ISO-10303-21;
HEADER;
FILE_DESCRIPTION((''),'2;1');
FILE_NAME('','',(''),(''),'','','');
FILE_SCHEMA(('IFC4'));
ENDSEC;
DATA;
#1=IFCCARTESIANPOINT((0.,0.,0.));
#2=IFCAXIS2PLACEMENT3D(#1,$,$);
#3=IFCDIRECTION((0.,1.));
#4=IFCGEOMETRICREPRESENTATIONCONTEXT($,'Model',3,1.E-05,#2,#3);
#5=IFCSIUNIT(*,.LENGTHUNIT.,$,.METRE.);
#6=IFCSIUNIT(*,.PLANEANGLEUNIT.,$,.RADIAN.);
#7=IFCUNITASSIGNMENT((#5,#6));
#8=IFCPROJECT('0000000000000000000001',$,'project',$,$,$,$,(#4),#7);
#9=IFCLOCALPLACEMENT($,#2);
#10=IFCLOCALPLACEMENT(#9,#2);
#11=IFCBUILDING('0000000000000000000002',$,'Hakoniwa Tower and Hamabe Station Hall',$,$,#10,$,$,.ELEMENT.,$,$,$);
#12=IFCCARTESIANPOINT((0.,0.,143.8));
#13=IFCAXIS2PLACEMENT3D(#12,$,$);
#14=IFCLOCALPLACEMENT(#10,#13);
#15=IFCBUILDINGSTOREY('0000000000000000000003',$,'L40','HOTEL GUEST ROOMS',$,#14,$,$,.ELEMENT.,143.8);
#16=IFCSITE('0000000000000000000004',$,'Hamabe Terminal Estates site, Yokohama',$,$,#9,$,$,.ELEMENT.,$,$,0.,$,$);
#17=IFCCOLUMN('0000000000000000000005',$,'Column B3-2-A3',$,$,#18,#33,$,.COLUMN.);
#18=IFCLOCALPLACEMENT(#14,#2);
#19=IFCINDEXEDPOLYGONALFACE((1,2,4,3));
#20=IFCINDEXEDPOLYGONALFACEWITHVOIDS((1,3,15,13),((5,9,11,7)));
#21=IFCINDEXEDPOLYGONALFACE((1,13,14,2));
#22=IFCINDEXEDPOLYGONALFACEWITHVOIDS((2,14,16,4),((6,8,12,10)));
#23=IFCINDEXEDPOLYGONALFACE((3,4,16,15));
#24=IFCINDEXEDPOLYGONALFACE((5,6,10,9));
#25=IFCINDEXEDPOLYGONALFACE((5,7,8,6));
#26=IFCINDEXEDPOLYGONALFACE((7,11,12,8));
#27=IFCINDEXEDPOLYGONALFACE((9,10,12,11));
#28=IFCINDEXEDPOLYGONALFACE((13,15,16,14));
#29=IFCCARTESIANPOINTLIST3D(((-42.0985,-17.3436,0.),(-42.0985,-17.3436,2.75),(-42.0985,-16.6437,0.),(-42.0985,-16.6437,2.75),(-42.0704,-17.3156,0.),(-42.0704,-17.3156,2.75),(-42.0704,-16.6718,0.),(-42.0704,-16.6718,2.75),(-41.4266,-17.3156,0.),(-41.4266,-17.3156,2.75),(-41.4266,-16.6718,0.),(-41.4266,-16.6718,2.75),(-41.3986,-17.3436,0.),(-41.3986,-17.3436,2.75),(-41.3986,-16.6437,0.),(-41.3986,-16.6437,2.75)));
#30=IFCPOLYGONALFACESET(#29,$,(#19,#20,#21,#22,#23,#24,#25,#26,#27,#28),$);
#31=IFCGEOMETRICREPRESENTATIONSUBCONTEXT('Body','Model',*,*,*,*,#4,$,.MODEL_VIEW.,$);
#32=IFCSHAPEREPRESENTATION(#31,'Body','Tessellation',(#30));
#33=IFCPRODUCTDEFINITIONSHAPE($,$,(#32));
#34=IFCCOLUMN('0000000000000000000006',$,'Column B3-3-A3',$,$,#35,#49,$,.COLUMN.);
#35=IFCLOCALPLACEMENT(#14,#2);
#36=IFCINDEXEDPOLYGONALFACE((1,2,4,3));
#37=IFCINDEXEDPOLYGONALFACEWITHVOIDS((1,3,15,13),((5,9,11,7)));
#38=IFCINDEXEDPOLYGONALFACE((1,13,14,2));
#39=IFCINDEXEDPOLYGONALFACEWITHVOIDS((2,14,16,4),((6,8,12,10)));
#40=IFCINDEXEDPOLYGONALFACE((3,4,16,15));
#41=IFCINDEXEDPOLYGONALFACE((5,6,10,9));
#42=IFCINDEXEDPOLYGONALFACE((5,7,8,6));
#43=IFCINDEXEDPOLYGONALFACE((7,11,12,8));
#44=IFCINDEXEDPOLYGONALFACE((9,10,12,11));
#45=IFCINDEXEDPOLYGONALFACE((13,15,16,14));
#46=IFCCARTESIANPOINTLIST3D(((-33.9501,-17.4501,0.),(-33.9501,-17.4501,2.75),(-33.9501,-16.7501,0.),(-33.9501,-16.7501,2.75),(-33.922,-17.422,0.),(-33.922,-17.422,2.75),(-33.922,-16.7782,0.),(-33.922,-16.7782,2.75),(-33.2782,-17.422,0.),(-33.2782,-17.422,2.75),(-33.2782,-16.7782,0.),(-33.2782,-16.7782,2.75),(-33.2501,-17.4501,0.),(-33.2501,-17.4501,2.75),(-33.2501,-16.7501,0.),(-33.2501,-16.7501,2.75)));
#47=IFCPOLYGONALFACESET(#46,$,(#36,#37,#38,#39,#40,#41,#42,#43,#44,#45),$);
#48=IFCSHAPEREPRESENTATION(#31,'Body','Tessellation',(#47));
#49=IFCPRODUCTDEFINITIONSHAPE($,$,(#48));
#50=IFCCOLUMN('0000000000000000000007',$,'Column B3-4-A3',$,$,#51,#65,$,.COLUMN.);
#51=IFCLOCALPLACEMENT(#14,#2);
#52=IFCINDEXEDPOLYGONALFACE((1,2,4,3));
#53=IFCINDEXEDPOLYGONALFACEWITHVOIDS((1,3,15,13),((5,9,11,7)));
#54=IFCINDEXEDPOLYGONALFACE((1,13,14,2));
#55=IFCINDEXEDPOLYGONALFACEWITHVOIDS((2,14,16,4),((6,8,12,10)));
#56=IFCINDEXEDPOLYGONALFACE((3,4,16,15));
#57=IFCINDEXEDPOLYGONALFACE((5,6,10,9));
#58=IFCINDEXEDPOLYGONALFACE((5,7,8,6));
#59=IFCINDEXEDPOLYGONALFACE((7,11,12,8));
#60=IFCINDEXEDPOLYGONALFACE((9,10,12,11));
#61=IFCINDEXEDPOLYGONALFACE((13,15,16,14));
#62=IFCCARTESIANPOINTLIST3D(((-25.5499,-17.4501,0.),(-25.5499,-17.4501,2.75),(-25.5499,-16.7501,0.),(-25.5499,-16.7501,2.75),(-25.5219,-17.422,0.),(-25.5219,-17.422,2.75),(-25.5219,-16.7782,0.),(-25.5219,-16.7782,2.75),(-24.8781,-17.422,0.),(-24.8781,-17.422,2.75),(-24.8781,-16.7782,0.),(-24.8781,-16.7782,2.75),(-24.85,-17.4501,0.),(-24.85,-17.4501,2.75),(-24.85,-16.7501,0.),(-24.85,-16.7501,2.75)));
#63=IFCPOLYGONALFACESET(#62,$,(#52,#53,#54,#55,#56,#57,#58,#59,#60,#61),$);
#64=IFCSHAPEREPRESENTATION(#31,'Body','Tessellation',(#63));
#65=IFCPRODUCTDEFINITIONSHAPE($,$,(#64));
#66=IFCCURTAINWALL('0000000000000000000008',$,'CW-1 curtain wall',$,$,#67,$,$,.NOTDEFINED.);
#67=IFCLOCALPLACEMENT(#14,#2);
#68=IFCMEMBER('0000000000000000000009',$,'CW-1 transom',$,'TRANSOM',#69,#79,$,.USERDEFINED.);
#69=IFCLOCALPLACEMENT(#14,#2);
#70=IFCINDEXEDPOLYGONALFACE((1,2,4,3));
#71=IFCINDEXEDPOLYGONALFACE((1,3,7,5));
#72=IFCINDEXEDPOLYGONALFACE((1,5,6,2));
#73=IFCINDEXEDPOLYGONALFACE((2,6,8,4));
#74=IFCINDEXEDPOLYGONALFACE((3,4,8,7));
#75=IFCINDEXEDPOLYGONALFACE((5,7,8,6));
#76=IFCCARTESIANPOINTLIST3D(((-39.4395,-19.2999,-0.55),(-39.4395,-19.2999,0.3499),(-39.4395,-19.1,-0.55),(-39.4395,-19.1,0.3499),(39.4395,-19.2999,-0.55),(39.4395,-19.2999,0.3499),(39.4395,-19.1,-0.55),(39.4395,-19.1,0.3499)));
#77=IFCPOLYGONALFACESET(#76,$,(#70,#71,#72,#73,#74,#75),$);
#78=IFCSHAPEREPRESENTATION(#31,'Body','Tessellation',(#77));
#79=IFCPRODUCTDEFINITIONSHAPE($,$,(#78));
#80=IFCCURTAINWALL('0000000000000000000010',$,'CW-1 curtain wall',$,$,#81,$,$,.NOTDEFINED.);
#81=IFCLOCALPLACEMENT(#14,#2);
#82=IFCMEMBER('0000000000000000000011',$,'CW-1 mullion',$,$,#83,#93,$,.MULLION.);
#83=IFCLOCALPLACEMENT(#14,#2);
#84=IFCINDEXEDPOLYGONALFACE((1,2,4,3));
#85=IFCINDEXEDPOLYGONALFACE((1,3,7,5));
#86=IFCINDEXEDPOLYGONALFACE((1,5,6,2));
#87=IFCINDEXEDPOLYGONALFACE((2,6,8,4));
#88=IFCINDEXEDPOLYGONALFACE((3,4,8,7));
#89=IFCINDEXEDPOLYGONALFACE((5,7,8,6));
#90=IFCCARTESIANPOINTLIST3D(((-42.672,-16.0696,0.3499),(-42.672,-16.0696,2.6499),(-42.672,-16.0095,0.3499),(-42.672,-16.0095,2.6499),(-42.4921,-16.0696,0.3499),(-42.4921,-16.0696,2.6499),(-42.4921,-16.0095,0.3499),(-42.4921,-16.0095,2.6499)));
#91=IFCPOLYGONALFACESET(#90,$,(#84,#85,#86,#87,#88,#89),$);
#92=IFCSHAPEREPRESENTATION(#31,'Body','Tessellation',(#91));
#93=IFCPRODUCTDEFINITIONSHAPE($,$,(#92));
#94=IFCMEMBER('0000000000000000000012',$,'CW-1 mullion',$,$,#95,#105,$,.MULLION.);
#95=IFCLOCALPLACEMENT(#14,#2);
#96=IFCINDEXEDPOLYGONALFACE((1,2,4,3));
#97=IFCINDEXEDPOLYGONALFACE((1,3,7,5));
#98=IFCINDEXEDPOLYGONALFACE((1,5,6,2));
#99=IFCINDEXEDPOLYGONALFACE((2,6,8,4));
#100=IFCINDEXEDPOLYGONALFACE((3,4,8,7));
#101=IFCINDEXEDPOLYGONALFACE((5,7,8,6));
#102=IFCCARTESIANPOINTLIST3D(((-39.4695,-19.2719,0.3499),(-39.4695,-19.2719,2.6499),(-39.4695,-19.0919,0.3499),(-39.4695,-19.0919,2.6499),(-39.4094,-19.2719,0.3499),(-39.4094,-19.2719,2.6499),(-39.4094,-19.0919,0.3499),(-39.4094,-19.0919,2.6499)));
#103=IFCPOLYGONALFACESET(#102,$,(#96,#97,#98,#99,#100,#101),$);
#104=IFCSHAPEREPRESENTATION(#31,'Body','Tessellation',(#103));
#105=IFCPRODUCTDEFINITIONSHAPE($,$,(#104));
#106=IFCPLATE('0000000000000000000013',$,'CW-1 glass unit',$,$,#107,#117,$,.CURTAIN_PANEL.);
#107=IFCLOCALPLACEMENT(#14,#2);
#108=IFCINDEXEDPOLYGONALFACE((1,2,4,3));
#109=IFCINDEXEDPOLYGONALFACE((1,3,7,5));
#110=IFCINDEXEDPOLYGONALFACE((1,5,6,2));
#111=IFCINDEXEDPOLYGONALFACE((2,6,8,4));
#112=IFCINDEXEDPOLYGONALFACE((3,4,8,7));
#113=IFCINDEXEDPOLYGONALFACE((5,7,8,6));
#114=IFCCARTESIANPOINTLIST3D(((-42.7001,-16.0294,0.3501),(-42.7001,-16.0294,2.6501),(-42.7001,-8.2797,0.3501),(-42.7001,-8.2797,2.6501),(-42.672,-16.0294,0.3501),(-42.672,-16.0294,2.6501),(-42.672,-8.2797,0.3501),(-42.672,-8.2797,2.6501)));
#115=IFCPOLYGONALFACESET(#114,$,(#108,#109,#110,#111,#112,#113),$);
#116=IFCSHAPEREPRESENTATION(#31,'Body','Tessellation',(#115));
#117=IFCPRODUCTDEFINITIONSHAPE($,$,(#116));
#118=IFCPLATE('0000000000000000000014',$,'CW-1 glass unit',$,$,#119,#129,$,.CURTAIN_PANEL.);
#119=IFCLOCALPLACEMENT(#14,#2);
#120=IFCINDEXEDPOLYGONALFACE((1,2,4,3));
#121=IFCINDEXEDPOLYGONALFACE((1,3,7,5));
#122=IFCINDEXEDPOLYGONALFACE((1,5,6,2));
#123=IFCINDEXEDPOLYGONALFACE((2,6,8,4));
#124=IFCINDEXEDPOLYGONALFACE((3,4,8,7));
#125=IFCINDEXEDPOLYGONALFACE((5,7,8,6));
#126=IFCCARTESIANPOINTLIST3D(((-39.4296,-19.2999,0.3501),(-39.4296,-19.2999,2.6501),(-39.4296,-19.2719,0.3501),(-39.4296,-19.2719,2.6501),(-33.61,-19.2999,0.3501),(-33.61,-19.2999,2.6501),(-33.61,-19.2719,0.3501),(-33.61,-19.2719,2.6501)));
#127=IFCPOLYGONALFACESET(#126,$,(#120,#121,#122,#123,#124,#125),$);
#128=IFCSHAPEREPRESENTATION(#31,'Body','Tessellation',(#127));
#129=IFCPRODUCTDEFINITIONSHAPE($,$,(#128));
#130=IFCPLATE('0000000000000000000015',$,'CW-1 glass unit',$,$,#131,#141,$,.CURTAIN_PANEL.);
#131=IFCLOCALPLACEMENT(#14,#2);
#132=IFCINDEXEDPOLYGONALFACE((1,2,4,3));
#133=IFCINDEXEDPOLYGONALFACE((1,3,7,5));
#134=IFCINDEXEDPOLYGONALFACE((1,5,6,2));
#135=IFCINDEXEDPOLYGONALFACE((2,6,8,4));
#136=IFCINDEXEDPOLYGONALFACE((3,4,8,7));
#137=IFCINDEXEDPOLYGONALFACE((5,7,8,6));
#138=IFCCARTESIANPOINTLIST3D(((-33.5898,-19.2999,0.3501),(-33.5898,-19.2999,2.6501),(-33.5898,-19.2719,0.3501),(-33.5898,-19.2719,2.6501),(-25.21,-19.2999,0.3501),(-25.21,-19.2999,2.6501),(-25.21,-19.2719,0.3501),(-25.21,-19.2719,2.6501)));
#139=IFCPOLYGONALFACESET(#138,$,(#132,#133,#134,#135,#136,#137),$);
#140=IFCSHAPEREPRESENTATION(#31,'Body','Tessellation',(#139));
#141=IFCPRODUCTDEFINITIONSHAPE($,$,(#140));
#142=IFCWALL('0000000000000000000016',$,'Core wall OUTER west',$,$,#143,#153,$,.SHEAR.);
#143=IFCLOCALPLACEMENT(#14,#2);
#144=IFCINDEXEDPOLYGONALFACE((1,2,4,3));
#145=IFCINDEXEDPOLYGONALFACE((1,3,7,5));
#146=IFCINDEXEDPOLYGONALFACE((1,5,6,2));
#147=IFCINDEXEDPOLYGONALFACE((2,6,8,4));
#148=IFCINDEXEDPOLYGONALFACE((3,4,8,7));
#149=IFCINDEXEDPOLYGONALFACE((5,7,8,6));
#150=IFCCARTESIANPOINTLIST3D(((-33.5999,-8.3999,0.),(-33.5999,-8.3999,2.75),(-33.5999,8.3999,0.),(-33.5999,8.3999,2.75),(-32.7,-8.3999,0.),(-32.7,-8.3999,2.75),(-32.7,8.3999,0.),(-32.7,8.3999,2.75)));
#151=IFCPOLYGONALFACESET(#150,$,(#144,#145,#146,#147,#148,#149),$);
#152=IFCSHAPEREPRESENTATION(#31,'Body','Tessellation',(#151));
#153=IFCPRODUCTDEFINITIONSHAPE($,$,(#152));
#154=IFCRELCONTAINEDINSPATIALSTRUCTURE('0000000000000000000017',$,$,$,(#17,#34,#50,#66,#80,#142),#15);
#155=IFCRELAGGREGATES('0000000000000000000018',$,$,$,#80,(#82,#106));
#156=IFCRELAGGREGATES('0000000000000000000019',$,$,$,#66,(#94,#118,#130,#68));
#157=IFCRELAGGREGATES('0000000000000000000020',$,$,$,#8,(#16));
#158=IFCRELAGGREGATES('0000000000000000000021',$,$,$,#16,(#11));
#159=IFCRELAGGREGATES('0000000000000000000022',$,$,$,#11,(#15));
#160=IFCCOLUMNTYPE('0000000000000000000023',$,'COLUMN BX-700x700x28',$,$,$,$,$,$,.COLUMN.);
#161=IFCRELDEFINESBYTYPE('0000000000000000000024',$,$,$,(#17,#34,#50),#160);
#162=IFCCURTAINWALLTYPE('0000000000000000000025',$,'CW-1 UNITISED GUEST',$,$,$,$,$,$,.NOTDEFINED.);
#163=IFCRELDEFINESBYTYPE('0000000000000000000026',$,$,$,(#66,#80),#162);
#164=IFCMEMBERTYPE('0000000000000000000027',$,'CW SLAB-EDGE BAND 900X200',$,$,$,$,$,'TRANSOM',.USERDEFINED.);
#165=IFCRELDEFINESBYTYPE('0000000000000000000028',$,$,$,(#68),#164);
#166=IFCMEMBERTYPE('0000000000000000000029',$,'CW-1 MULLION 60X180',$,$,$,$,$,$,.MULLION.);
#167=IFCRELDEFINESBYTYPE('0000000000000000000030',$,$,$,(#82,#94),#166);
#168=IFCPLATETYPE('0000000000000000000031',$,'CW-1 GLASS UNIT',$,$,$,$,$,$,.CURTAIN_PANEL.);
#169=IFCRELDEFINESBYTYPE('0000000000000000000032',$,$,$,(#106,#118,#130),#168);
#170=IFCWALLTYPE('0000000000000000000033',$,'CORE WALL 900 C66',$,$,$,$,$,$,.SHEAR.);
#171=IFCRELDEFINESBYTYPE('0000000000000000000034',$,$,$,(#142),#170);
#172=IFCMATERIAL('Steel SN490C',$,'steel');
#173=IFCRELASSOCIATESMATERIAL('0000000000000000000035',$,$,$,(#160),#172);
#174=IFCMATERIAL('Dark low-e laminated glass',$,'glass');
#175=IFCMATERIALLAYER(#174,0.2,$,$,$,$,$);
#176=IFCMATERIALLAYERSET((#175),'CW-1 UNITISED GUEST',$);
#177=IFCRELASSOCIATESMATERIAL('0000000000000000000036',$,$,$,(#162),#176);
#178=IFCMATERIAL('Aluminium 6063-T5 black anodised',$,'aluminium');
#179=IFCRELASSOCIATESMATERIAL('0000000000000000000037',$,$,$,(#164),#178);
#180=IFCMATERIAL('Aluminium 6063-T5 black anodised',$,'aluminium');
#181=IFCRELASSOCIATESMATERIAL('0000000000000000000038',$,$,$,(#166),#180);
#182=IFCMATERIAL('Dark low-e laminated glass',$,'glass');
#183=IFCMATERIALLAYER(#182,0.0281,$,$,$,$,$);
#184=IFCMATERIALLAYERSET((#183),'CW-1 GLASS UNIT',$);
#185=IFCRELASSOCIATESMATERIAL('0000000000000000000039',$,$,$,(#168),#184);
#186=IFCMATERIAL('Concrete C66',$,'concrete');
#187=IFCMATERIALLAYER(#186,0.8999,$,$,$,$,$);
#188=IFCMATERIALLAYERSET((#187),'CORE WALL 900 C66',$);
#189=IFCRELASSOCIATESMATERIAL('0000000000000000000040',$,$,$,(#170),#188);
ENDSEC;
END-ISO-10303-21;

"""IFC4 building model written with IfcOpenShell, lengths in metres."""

from ifc_helpers import new_model, si_unit, direction, frame, frame_2d, origin, origin_2d, place, context, subcontext, project, spatial, rectangle, hollow_rectangle, extrude, material, layer, layer_set, material_profile, profile_set, type_object, element, aggregate, save


model = new_model("IFC4")

# Units and contexts
model_context = context("Model", 3, precision=1e-05, world=origin(), true_north=direction((0.0, 1.0)))
body_context = subcontext(model_context, "Body", "Model", "MODEL_VIEW")
ifc_project = project(units=[si_unit("LENGTHUNIT", "METRE"), si_unit("PLANEANGLEUNIT", "RADIAN")], contexts=[model_context])

# Site, building, storey
site_placement = place(None, origin())
site = spatial("IfcSite", under=ifc_project, at=site_placement, Name="Hamabe Terminal Estates site, Yokohama", CompositionType="ELEMENT", RefElevation=0.0)
building_placement = place(site_placement, origin())
building = spatial("IfcBuilding", under=site, at=building_placement, Name="Hakoniwa Tower and Hamabe Station Hall", CompositionType="ELEMENT")
storey_placement = place(building_placement, frame((0.0, 0.0, 143.8)))
storey = spatial("IfcBuildingStorey", under=building, at=storey_placement, Name="L40", Description="HOTEL GUEST ROOMS", CompositionType="ELEMENT", Elevation=143.8)

# Columns
ifc_material_1 = material(Name="Steel SN490C", Category="steel")
ifc_material_profile_1 = material_profile(ifc_material_1, hollow_rectangle(XDim=0.7, YDim=0.7, WallThickness=0.0281, at=origin_2d()), Name="BX-700x700x28")
ifc_profile_set_1 = profile_set([ifc_material_profile_1], Name="Steel SN490C")
column_type = type_object("IfcColumnType", Name="COLUMN BX-700x700x28", PredefinedType="COLUMN", material=ifc_profile_set_1)
for number, where, z_axis, x_axis, name in (
    (1, (-41.7485, -16.9937, 0.0), (0.0, 0.0, 1.0), (1.0, 0.0, 0.0), "Column B3-2-A3"),
    (2, (-33.6001, -17.1001, 0.0), (0.0, 0.0, 1.0), (1.0, 0.0, 0.0), "Column B3-3-A3"),
    (3, (-25.2, -17.1001, 0.0), (0.0, 0.0, 1.0), (1.0, 0.0, 0.0), "Column B3-4-A3"),
):
    element("IfcColumn", number, at=place(storey_placement, frame(where, z_axis=z_axis, x_axis=x_axis)), inside=storey, type_object=column_type, Name=name, PredefinedType="COLUMN", context=body_context, shape_type="SweptSolid", body=[
        extrude(hollow_rectangle(XDim=0.7, YDim=0.7, WallThickness=0.0281, at=origin_2d()), origin(), (0.0, 0.0, 1.0), 2.75),
    ])

# Curtain walls, members
ifc_material_2 = material(Name="Dark low-e laminated glass", Category="glass")
ifc_layer_1 = layer(ifc_material_2, 0.2)
ifc_layer_set_1 = layer_set([ifc_layer_1], Name="CW-1 UNITISED GUEST")
curtain_wall_type = type_object("IfcCurtainWallType", Name="CW-1 UNITISED GUEST", PredefinedType="NOTDEFINED", material=ifc_layer_set_1)
curtain_wall_1_placement = place(storey_placement, origin())
curtain_wall_1 = element("IfcCurtainWall", 4, at=curtain_wall_1_placement, inside=storey, type_object=curtain_wall_type, Name="CW-1 curtain wall", PredefinedType="NOTDEFINED")
ifc_material_3 = material(Name="Aluminium 6063-T5 black anodised", Category="aluminium")
ifc_material_profile_2 = material_profile(ifc_material_3, rectangle(XDim=0.2, YDim=0.8999, at=origin_2d()), Name="CW SLAB-EDGE BAND 900X200")
ifc_profile_set_2 = profile_set([ifc_material_profile_2], Name="Aluminium 6063-T5 black anodised")
member_type_1 = type_object("IfcMemberType", Name="CW SLAB-EDGE BAND 900X200", ElementType="TRANSOM", PredefinedType="USERDEFINED", material=ifc_profile_set_2)
member_1_placement = place(storey_placement, frame((-39.4395, -19.2, -0.1001), z_axis=(1.0, 0.0, 0.0), x_axis=(0.0, 1.0, 0.0)))
member_1 = element("IfcMember", 5, at=member_1_placement, type_object=member_type_1, Name="CW-1 transom", ObjectType="TRANSOM", PredefinedType="USERDEFINED", context=body_context, shape_type="SweptSolid", body=[
    extrude(rectangle(XDim=0.2, YDim=0.8999, at=origin_2d()), origin(), (0.0, 0.0, 1.0), 78.8789),
])
curtain_wall_2_placement = place(storey_placement, origin())
curtain_wall_2 = element("IfcCurtainWall", 6, at=curtain_wall_2_placement, inside=storey, type_object=curtain_wall_type, Name="CW-1 curtain wall", PredefinedType="NOTDEFINED")
ifc_material_4 = material(Name="Aluminium 6063-T5 black anodised", Category="aluminium")
ifc_material_profile_3 = material_profile(ifc_material_4, rectangle(XDim=0.0601, YDim=0.1799, at=origin_2d()), Name="CW-1 MULLION 60X180")
ifc_profile_set_3 = profile_set([ifc_material_profile_3], Name="Aluminium 6063-T5 black anodised")
member_type_2 = type_object("IfcMemberType", Name="CW-1 MULLION 60X180", PredefinedType="MULLION", material=ifc_profile_set_3)
member_2_placement = place(storey_placement, frame((-42.582, -16.0396, 0.3499), z_axis=(0.0, 0.0, 1.0), x_axis=(0.0, -1.0, 0.0)))
member_2 = element("IfcMember", 7, at=member_2_placement, type_object=member_type_2, Name="CW-1 mullion", PredefinedType="MULLION", context=body_context, shape_type="SweptSolid", body=[
    extrude(rectangle(XDim=0.0601, YDim=0.1799, at=origin_2d()), origin(), (0.0, 0.0, 1.0), 2.3),
])

# Member
member_3_placement = place(storey_placement, frame((-39.4395, -19.1819, 0.3499), z_axis=(0.0, 0.0, 1.0), x_axis=(1.0, 0.0, 0.0)))
member_3 = element("IfcMember", 8, at=member_3_placement, type_object=member_type_2, Name="CW-1 mullion", PredefinedType="MULLION", context=body_context, shape_type="SweptSolid", body=[
    extrude(rectangle(XDim=0.0601, YDim=0.1799, at=origin_2d()), origin(), (0.0, 0.0, 1.0), 2.3),
])

# Plates
ifc_material_5 = material(Name="Dark low-e laminated glass", Category="glass")
ifc_layer_2 = layer(ifc_material_5, 0.0281)
ifc_layer_set_2 = layer_set([ifc_layer_2], Name="CW-1 GLASS UNIT")
plate_type = type_object("IfcPlateType", Name="CW-1 GLASS UNIT", PredefinedType="CURTAIN_PANEL", material=ifc_layer_set_2)
plate_1_placement = place(storey_placement, frame((-42.686, -12.1545, 0.3501), z_axis=(0.0, 0.0, 1.0), x_axis=(0.0, -1.0, 0.0)))
plate_1 = element("IfcPlate", 9, at=plate_1_placement, type_object=plate_type, Name="CW-1 glass unit", PredefinedType="CURTAIN_PANEL", context=body_context, shape_type="SweptSolid", body=[
    extrude(rectangle(XDim=7.7498, YDim=0.0281, at=origin_2d()), origin(), (0.0, 0.0, 1.0), 2.3),
])
aggregate(curtain_wall_2, [member_2, plate_1])
plate_2_placement = place(storey_placement, frame((-36.5198, -19.2859, 0.3501), z_axis=(0.0, 0.0, 1.0), x_axis=(1.0, 0.0, 0.0)))
plate_2 = element("IfcPlate", 10, at=plate_2_placement, type_object=plate_type, Name="CW-1 glass unit", PredefinedType="CURTAIN_PANEL", context=body_context, shape_type="SweptSolid", body=[
    extrude(rectangle(XDim=5.8196, YDim=0.0281, at=origin_2d()), origin(), (0.0, 0.0, 1.0), 2.3),
])
plate_3_placement = place(storey_placement, frame((-29.3999, -19.2859, 0.3501), z_axis=(0.0, 0.0, 1.0), x_axis=(1.0, 0.0, 0.0)))
plate_3 = element("IfcPlate", 11, at=plate_3_placement, type_object=plate_type, Name="CW-1 glass unit", PredefinedType="CURTAIN_PANEL", context=body_context, shape_type="SweptSolid", body=[
    extrude(rectangle(XDim=8.3799, YDim=0.0281, at=origin_2d()), origin(), (0.0, 0.0, 1.0), 2.3),
])
aggregate(curtain_wall_1, [member_3, plate_2, plate_3, member_1])

# Wall
ifc_material_6 = material(Name="Concrete C66", Category="concrete")
ifc_layer_3 = layer(ifc_material_6, 0.8999)
ifc_layer_set_3 = layer_set([ifc_layer_3], Name="CORE WALL 900 C66")
wall_type_1 = type_object("IfcWallType", Name="CORE WALL 900 C66", PredefinedType="SHEAR", material=ifc_layer_set_3)
wall_1_placement = place(storey_placement, frame((-33.1499, -8.3999, 0.0), z_axis=(0.0, 0.0, 1.0), x_axis=(0.0, 1.0, 0.0)))
element("IfcWall", 12, at=wall_1_placement, inside=storey, type_object=wall_type_1, Name="Core wall OUTER west", PredefinedType="SHEAR", context=body_context, shape_type="SweptSolid", body=[
    extrude(rectangle(XDim=16.7998, YDim=0.8999, at=frame_2d((8.3999, 0.0))), origin(), (0.0, 0.0, 1.0), 2.75),
])

save(model, "model.ifc")
